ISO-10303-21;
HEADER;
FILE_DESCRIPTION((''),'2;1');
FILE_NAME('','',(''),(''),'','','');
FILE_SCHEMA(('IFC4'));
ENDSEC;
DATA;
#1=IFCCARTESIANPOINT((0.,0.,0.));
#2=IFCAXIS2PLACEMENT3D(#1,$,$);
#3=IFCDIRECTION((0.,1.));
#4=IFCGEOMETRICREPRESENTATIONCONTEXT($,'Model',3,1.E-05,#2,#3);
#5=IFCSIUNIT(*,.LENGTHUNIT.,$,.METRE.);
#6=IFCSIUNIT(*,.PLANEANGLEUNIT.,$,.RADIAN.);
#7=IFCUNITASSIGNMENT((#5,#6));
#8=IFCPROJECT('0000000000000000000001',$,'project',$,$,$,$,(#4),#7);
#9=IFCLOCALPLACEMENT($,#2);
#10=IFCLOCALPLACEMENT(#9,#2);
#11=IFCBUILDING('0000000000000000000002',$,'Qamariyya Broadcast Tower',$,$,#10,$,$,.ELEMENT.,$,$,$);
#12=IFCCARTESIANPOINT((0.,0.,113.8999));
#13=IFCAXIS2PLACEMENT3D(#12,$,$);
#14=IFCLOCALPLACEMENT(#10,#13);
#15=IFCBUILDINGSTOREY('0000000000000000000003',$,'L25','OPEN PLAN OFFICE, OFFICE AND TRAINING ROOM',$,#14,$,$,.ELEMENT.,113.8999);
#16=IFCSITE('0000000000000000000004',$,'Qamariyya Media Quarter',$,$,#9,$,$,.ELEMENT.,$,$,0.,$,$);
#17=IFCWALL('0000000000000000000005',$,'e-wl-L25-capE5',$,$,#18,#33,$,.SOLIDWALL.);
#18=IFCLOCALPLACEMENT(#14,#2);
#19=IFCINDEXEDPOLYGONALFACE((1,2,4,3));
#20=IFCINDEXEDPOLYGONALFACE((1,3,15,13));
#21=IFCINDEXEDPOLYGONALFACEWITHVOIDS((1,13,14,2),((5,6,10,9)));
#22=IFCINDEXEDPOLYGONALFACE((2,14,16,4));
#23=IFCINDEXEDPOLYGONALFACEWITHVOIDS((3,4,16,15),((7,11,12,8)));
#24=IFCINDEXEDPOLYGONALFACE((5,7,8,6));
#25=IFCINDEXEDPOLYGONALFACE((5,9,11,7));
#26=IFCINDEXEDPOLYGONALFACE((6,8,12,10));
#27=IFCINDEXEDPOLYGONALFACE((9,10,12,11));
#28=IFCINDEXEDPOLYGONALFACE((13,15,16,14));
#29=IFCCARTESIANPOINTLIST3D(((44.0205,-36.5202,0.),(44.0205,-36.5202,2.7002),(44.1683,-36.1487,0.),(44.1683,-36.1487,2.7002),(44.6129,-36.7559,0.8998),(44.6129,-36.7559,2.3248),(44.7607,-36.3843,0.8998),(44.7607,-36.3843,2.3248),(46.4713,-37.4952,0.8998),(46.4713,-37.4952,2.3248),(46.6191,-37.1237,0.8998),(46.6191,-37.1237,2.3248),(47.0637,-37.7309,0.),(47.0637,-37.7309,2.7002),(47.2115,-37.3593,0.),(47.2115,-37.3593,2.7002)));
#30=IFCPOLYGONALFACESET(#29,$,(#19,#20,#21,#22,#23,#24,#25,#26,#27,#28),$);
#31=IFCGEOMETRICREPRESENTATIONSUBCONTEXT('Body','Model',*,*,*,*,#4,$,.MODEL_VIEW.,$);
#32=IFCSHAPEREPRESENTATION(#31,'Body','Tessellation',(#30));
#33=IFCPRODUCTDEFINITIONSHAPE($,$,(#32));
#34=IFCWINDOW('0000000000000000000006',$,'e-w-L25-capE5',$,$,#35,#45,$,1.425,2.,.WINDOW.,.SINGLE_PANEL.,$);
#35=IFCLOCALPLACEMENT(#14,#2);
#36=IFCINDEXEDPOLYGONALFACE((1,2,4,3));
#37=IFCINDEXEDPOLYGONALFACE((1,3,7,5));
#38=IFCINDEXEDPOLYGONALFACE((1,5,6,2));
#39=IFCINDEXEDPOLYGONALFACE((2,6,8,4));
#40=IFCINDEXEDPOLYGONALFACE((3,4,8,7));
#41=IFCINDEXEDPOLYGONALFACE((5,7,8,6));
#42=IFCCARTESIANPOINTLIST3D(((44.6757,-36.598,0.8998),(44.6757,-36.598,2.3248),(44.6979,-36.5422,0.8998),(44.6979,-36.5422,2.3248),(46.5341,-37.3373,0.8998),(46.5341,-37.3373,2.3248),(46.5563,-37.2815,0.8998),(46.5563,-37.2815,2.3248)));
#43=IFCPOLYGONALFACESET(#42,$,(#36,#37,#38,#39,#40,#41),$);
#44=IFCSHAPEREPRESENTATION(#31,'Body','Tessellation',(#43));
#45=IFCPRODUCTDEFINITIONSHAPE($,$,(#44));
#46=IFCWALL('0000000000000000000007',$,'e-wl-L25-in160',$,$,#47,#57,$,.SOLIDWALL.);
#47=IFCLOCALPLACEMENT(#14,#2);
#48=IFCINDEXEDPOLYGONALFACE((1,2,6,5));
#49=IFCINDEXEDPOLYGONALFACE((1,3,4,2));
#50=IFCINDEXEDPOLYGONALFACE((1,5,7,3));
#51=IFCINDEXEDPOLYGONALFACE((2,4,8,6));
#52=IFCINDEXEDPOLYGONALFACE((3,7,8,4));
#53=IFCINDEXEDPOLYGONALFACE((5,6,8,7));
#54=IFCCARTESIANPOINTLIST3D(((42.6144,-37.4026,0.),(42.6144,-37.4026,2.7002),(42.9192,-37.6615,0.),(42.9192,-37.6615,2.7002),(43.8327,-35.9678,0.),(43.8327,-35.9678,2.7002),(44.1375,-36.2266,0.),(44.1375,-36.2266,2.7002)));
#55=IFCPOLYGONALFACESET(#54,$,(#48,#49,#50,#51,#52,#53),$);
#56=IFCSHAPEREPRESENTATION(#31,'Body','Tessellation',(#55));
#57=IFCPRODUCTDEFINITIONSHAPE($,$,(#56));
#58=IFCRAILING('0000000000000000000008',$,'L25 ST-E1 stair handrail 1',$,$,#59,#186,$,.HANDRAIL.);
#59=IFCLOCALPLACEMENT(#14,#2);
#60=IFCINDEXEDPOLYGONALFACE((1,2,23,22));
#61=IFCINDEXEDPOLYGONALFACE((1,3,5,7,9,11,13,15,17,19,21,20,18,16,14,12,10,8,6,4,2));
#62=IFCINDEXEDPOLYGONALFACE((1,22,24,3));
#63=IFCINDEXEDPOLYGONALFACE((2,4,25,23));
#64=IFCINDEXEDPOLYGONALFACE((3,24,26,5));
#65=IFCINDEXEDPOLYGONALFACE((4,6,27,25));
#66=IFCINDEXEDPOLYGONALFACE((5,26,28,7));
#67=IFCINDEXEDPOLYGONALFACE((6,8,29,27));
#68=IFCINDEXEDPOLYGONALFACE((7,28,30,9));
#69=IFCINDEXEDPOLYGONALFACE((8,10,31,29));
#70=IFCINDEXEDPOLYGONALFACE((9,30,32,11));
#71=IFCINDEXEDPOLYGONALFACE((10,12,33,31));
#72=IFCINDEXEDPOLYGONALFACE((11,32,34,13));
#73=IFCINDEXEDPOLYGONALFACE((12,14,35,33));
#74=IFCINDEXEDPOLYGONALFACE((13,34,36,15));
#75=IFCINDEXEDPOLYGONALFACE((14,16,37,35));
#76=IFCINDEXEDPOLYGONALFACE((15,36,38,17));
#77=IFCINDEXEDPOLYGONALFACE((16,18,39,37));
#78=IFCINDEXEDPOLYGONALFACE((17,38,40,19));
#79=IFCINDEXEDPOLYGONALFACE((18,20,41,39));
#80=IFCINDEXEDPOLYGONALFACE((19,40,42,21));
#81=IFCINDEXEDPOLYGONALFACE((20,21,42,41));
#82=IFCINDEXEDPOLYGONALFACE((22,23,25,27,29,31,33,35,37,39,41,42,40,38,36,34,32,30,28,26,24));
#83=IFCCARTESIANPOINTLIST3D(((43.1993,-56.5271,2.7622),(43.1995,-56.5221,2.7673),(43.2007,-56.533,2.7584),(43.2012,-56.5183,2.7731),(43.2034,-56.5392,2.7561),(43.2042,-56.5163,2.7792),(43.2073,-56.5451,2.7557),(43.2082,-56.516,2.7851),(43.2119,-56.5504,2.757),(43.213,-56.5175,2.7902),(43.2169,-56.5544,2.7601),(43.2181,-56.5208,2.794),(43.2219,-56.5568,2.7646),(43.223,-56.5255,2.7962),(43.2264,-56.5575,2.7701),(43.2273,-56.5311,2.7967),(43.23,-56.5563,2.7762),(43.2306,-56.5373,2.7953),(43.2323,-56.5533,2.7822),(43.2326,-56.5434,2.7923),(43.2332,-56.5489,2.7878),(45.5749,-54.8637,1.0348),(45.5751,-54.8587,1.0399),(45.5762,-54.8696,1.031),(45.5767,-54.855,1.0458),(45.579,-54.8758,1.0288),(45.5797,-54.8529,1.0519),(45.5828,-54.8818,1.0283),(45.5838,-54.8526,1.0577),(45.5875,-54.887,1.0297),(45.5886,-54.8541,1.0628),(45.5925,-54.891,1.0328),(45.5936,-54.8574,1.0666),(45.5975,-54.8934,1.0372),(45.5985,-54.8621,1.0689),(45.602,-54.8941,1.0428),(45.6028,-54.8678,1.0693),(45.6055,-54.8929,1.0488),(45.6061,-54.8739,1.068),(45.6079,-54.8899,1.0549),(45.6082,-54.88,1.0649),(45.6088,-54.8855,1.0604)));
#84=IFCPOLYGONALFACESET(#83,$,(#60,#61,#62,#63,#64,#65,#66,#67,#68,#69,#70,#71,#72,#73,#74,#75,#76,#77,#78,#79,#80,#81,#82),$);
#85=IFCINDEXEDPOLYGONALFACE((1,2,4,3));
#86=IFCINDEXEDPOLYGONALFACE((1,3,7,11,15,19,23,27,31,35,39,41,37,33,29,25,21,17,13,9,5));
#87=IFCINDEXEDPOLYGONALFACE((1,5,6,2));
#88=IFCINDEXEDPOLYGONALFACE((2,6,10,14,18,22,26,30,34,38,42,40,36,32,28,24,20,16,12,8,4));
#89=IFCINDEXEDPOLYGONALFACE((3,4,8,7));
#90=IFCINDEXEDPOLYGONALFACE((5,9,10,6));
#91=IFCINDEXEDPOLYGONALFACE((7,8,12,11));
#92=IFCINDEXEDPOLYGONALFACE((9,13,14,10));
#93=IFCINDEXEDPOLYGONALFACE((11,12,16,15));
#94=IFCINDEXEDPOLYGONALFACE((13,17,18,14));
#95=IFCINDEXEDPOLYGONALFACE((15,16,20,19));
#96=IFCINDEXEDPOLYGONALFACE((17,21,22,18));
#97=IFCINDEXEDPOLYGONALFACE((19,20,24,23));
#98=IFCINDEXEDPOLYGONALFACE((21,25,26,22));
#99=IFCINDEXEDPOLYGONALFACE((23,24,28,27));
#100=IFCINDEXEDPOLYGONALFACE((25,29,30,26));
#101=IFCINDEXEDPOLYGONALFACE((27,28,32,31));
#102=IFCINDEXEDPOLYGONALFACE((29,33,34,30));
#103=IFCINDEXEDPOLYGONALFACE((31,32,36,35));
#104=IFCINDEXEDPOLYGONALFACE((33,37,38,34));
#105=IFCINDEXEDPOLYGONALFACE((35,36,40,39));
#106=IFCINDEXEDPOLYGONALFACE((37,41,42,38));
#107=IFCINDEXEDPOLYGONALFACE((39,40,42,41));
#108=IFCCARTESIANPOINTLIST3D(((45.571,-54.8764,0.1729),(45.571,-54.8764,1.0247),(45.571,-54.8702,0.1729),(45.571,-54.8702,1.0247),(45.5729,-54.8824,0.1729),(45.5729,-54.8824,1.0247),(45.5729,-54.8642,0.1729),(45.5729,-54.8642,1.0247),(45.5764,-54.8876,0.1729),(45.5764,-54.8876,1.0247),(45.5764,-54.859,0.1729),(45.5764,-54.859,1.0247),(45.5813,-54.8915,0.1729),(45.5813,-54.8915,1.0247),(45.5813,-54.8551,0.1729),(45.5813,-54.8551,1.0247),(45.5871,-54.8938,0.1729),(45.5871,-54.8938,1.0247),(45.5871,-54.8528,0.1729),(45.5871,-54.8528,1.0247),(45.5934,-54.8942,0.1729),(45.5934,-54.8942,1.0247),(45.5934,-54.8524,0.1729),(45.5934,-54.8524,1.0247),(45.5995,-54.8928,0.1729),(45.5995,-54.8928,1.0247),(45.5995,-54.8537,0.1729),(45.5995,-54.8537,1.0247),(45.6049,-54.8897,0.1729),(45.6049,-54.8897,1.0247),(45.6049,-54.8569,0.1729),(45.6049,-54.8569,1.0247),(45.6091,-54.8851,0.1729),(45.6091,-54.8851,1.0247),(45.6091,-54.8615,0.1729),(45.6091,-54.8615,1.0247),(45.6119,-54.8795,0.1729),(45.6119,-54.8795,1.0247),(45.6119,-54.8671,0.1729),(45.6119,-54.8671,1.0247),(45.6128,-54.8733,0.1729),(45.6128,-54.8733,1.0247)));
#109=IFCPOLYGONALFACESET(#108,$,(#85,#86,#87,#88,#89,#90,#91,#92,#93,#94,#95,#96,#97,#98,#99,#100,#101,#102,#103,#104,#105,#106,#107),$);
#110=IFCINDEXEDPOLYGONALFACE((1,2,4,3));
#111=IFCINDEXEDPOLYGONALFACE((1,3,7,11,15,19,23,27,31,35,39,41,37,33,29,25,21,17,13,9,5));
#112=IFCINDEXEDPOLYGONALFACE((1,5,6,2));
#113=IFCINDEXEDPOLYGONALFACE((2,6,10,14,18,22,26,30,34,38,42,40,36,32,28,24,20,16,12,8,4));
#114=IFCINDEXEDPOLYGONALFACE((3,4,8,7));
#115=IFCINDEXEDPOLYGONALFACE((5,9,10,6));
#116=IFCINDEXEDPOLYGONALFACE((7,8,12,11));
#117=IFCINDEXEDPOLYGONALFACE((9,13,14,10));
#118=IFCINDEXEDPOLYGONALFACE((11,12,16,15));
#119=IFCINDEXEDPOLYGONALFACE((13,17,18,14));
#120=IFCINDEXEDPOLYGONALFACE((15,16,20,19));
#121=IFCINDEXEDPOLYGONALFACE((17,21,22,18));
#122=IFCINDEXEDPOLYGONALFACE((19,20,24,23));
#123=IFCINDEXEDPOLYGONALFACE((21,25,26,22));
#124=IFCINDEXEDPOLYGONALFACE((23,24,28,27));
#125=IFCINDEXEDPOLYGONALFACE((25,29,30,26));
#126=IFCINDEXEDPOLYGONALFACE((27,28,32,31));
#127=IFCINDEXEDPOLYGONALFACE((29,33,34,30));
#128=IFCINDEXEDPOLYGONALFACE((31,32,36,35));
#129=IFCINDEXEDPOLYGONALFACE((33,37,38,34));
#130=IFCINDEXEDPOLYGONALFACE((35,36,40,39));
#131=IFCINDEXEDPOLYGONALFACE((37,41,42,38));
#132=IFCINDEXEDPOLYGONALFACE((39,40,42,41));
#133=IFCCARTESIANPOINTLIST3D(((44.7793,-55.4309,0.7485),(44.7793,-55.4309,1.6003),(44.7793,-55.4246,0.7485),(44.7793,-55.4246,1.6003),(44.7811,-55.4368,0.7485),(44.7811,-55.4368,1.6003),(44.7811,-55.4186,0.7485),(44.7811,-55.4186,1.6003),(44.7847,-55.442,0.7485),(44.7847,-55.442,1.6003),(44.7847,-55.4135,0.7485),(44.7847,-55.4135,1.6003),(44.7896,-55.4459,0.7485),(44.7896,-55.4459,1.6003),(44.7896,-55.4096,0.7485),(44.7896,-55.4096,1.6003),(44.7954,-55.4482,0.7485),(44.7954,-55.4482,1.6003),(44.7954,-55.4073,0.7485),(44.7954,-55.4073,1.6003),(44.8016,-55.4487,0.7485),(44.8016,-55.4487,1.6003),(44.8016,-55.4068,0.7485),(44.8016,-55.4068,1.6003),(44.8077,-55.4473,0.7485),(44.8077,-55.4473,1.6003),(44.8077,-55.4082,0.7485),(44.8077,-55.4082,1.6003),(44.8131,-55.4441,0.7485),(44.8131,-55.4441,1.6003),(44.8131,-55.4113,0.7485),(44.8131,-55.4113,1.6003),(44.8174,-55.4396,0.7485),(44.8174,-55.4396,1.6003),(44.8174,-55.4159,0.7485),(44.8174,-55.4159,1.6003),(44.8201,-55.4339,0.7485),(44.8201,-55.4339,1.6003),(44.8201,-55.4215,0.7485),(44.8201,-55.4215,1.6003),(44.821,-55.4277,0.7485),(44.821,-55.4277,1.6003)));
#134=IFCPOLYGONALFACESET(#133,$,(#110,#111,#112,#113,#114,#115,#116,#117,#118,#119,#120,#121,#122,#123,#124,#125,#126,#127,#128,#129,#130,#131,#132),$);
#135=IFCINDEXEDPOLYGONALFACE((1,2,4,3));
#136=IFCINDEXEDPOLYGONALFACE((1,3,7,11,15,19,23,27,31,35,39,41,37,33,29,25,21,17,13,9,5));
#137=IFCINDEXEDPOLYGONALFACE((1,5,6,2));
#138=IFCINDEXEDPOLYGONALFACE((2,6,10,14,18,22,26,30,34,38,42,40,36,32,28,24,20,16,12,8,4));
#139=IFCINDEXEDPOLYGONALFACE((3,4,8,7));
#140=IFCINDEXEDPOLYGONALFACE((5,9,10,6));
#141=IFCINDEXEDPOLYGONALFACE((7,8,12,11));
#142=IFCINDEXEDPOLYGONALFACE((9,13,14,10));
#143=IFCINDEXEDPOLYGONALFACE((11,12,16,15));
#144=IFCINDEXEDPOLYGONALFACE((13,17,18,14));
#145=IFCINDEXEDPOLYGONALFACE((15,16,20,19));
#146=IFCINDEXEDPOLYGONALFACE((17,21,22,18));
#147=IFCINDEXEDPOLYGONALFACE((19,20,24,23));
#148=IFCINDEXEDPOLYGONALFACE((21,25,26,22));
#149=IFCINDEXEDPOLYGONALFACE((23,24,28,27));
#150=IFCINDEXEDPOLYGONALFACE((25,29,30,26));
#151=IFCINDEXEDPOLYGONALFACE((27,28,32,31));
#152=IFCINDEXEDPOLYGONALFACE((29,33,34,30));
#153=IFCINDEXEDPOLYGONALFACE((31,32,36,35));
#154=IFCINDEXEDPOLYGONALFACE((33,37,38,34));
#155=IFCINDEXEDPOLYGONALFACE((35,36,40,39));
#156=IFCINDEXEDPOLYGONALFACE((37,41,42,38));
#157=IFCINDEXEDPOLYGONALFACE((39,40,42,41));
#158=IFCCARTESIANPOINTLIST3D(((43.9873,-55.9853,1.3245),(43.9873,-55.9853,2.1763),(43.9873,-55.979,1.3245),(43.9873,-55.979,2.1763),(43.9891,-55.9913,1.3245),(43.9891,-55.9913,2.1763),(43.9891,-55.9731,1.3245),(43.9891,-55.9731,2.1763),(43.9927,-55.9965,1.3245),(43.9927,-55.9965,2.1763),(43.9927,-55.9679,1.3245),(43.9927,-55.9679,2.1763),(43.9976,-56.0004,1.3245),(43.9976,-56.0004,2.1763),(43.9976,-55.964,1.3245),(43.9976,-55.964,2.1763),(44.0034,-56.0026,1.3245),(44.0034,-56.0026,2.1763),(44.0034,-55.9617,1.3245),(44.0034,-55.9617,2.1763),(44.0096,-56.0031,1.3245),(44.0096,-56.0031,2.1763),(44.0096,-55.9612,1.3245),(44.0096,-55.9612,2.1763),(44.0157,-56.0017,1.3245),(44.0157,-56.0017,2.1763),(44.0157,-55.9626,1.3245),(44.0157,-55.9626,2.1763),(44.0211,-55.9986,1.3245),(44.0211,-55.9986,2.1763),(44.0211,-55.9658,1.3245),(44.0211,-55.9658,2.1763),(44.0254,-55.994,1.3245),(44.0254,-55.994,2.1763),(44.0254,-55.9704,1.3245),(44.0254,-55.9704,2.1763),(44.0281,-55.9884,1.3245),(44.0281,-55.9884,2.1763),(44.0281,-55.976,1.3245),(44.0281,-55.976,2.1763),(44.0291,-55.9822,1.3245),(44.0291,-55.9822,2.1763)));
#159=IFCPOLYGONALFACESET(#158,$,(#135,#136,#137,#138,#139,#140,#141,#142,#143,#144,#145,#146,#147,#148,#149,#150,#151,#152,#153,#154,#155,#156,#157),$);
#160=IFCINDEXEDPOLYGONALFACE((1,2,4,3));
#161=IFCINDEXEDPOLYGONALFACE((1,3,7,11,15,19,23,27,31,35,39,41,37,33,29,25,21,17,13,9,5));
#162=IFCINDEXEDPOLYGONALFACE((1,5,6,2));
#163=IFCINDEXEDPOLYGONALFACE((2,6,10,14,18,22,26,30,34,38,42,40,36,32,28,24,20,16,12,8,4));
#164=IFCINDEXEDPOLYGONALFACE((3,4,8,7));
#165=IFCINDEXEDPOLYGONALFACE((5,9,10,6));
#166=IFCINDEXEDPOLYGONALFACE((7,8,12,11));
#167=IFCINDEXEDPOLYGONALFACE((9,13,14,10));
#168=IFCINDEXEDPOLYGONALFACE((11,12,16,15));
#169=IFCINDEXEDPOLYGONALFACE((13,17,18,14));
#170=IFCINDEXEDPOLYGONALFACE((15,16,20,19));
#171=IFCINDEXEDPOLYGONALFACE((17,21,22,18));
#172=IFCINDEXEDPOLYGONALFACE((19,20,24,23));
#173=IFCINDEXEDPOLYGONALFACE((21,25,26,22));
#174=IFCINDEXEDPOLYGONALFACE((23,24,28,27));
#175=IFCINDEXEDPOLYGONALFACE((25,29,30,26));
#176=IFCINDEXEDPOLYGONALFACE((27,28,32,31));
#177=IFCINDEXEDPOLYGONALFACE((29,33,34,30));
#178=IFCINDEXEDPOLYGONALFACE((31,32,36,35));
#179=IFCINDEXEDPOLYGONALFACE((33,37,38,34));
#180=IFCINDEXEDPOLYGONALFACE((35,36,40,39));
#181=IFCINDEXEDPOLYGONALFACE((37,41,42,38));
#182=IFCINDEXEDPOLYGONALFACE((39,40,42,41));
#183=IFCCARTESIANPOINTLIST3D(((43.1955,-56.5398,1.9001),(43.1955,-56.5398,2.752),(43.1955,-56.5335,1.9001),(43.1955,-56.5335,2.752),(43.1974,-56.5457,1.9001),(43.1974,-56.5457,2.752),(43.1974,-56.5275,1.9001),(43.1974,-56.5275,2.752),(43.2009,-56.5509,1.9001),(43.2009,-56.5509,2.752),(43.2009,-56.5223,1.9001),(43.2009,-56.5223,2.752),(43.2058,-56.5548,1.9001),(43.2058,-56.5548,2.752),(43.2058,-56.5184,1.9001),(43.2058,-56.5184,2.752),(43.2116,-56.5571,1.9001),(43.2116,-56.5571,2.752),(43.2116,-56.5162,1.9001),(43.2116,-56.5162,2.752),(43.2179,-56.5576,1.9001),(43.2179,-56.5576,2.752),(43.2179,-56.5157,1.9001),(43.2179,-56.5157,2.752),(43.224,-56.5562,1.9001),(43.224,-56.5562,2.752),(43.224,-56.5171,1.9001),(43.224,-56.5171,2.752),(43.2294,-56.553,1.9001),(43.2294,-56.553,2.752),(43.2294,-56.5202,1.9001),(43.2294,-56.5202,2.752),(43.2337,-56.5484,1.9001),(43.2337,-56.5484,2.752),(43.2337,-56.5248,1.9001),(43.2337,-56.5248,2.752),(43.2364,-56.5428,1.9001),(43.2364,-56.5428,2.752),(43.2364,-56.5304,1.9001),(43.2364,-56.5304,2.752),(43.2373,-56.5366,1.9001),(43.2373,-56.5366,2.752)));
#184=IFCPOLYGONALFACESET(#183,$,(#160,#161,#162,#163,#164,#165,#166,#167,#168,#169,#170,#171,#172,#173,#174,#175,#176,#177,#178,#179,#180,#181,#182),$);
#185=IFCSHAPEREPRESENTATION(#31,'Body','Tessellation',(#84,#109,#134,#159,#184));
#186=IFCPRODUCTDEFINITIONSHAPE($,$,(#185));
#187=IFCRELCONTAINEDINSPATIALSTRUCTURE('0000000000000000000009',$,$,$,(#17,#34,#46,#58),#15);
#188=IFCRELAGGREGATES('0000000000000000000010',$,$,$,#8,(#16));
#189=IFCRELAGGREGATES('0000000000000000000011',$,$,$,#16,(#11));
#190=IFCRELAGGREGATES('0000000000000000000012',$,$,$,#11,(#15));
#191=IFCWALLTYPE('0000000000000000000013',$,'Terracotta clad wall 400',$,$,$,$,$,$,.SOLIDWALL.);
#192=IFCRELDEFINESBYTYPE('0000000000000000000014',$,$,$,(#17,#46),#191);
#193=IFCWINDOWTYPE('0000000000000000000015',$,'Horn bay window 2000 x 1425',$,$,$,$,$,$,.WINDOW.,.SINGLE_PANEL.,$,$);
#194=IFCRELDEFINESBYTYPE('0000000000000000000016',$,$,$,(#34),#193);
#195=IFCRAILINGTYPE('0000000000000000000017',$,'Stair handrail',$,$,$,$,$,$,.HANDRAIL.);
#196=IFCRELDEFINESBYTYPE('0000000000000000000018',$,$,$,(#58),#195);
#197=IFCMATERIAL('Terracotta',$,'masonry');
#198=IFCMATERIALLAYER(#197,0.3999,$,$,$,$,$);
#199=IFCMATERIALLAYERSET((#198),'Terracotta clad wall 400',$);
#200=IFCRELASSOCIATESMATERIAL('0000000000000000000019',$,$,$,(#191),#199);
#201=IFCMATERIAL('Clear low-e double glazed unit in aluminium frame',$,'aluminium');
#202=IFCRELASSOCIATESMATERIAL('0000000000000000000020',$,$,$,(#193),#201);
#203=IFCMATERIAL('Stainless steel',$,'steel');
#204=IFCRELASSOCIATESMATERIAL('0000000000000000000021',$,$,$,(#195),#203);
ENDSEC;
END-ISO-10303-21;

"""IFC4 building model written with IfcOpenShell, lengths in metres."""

from ifc_helpers import new_model, si_unit, direction, frame, frame_2d, origin, origin_2d, place, context, subcontext, project, spatial, rectangle, circle, extrude, material, layer, layer_set, type_object, element, fill, save


model = new_model("IFC4")

# Units and contexts
model_context = context("Model", 3, precision=1e-05, world=origin(), true_north=direction((0.0, 1.0)))
body_context = subcontext(model_context, "Body", "Model", "MODEL_VIEW")
ifc_project = project(units=[si_unit("LENGTHUNIT", "METRE"), si_unit("PLANEANGLEUNIT", "RADIAN")], contexts=[model_context])

# Site, building, storey
site_placement = place(None, origin())
site = spatial("IfcSite", under=ifc_project, at=site_placement, Name="Qamariyya Media Quarter", CompositionType="ELEMENT", RefElevation=0.0)
building_placement = place(site_placement, origin())
building = spatial("IfcBuilding", under=site, at=building_placement, Name="Qamariyya Broadcast Tower", CompositionType="ELEMENT")
storey_placement = place(building_placement, frame((0.0, 0.0, 113.8999)))
storey = spatial("IfcBuildingStorey", under=building, at=storey_placement, Name="L25", Description="OPEN PLAN OFFICE, OFFICE AND TRAINING ROOM", CompositionType="ELEMENT", Elevation=113.8999)

# Wall, opening, window
ifc_material_1 = material(Name="Terracotta", Category="masonry")
ifc_layer_1 = layer(ifc_material_1, 0.3999)
ifc_layer_set_1 = layer_set([ifc_layer_1], Name="Terracotta clad wall 400")
wall_type_1 = type_object("IfcWallType", Name="Terracotta clad wall 400", PredefinedType="SOLIDWALL", material=ifc_layer_set_1)
ifc_material_2 = material(Name="Clear low-e double glazed unit in aluminium frame", Category="aluminium")
window_type = type_object("IfcWindowType", Name="Horn bay window 2000 x 1425", PartitioningType="SINGLE_PANEL", PredefinedType="WINDOW", material=ifc_material_2)
wall_1_placement = place(storey_placement, frame((47.1377, -37.5452, 0.0), z_axis=(0.0, 0.0, 1.0), x_axis=(-0.929169, 0.369655, 0.0)))
wall_1 = element("IfcWall", 1, at=wall_1_placement, inside=storey, type_object=wall_type_1, Name="e-wl-L25-capE5", PredefinedType="SOLIDWALL", context=body_context, shape_type="SweptSolid", body=[
    extrude(rectangle(XDim=3.2751, YDim=0.3999, at=frame_2d((1.6377, 0.0))), origin(), (0.0, 0.0, 1.0), 2.7002),
])
opening_1_placement = place(wall_1_placement, frame((0.6377, 0.0, 0.8999)))
opening_1 = element("IfcOpeningElement", 2, at=opening_1_placement, cuts=wall_1, PredefinedType="OPENING", context=body_context, shape_type="SweptSolid", body=[
    extrude(rectangle(XDim=2.0, YDim=1.425, at=frame_2d((1.0, 0.7124))), frame((0.0, 0.21, 0.0), z_axis=(0.0, -1.0, 0.0), x_axis=(1.0, 0.0, 0.0)), (0.0, 0.0, 1.0), 0.4199),
])
window_1_placement = place(opening_1_placement, origin())
window_1 = element("IfcWindow", 3, at=window_1_placement, inside=storey, type_object=window_type, Name="e-w-L25-capE5", OverallHeight=1.425, OverallWidth=2.0, PartitioningType="SINGLE_PANEL", PredefinedType="WINDOW", context=body_context, shape_type="SweptSolid", body=[
    extrude(rectangle(XDim=2.0, YDim=1.425, at=frame_2d((1.0, 0.7124))), frame((0.0, 0.03, 0.0), z_axis=(0.0, -1.0, 0.0), x_axis=(1.0, 0.0, 0.0)), (0.0, 0.0, 1.0), 0.0601),
])
fill(opening_1, window_1)

# Wall
wall_2_placement = place(storey_placement, frame((43.9851, -36.0972, 0.0), z_axis=(0.0, 0.0, 1.0), x_axis=(-0.647238, -0.762288, 0.0)))
element("IfcWall", 4, at=wall_2_placement, inside=storey, type_object=wall_type_1, Name="e-wl-L25-in160", PredefinedType="SOLIDWALL", context=body_context, shape_type="SweptSolid", body=[
    extrude(rectangle(XDim=1.8823, YDim=0.3999, at=frame_2d((0.9412, 0.0))), origin(), (0.0, 0.0, 1.0), 2.7002),
])

# Railing
ifc_material_3 = material(Name="Stainless steel", Category="steel")
railing_type = type_object("IfcRailingType", Name="Stair handrail", PredefinedType="HANDRAIL", material=ifc_material_3)
railing_placement = place(storey_placement, frame((45.5918, -54.8733, 0.1729)))
element("IfcRailing", 5, at=railing_placement, inside=storey, type_object=railing_type, Name="L25 ST-E1 stair handrail 1", PredefinedType="HANDRAIL", context=body_context, shape_type="SweptSolid", body=[
    extrude(circle(Radius=0.0239, at=origin_2d()), frame((0.0, 0.0, 0.876), z_axis=(-0.70377, -0.492784, 0.511734), x_axis=(0.573575, -0.819153, 0.0)), (0.0, 0.0, 1.0), 3.3755),
    extrude(circle(Radius=0.021, at=origin_2d()), origin(), (0.0, 0.0, 1.0), 0.8518),
    extrude(circle(Radius=0.021, at=origin_2d()), frame((-0.7917, -0.5544, 0.5757)), (0.0, 0.0, 1.0), 0.8518),
    extrude(circle(Radius=0.021, at=origin_2d()), frame((-1.5837, -1.1089, 1.1516)), (0.0, 0.0, 1.0), 0.8518),
    extrude(circle(Radius=0.021, at=origin_2d()), frame((-2.3755, -1.6633, 1.7273)), (0.0, 0.0, 1.0), 0.8518),
])

save(model, "model.ifc")
